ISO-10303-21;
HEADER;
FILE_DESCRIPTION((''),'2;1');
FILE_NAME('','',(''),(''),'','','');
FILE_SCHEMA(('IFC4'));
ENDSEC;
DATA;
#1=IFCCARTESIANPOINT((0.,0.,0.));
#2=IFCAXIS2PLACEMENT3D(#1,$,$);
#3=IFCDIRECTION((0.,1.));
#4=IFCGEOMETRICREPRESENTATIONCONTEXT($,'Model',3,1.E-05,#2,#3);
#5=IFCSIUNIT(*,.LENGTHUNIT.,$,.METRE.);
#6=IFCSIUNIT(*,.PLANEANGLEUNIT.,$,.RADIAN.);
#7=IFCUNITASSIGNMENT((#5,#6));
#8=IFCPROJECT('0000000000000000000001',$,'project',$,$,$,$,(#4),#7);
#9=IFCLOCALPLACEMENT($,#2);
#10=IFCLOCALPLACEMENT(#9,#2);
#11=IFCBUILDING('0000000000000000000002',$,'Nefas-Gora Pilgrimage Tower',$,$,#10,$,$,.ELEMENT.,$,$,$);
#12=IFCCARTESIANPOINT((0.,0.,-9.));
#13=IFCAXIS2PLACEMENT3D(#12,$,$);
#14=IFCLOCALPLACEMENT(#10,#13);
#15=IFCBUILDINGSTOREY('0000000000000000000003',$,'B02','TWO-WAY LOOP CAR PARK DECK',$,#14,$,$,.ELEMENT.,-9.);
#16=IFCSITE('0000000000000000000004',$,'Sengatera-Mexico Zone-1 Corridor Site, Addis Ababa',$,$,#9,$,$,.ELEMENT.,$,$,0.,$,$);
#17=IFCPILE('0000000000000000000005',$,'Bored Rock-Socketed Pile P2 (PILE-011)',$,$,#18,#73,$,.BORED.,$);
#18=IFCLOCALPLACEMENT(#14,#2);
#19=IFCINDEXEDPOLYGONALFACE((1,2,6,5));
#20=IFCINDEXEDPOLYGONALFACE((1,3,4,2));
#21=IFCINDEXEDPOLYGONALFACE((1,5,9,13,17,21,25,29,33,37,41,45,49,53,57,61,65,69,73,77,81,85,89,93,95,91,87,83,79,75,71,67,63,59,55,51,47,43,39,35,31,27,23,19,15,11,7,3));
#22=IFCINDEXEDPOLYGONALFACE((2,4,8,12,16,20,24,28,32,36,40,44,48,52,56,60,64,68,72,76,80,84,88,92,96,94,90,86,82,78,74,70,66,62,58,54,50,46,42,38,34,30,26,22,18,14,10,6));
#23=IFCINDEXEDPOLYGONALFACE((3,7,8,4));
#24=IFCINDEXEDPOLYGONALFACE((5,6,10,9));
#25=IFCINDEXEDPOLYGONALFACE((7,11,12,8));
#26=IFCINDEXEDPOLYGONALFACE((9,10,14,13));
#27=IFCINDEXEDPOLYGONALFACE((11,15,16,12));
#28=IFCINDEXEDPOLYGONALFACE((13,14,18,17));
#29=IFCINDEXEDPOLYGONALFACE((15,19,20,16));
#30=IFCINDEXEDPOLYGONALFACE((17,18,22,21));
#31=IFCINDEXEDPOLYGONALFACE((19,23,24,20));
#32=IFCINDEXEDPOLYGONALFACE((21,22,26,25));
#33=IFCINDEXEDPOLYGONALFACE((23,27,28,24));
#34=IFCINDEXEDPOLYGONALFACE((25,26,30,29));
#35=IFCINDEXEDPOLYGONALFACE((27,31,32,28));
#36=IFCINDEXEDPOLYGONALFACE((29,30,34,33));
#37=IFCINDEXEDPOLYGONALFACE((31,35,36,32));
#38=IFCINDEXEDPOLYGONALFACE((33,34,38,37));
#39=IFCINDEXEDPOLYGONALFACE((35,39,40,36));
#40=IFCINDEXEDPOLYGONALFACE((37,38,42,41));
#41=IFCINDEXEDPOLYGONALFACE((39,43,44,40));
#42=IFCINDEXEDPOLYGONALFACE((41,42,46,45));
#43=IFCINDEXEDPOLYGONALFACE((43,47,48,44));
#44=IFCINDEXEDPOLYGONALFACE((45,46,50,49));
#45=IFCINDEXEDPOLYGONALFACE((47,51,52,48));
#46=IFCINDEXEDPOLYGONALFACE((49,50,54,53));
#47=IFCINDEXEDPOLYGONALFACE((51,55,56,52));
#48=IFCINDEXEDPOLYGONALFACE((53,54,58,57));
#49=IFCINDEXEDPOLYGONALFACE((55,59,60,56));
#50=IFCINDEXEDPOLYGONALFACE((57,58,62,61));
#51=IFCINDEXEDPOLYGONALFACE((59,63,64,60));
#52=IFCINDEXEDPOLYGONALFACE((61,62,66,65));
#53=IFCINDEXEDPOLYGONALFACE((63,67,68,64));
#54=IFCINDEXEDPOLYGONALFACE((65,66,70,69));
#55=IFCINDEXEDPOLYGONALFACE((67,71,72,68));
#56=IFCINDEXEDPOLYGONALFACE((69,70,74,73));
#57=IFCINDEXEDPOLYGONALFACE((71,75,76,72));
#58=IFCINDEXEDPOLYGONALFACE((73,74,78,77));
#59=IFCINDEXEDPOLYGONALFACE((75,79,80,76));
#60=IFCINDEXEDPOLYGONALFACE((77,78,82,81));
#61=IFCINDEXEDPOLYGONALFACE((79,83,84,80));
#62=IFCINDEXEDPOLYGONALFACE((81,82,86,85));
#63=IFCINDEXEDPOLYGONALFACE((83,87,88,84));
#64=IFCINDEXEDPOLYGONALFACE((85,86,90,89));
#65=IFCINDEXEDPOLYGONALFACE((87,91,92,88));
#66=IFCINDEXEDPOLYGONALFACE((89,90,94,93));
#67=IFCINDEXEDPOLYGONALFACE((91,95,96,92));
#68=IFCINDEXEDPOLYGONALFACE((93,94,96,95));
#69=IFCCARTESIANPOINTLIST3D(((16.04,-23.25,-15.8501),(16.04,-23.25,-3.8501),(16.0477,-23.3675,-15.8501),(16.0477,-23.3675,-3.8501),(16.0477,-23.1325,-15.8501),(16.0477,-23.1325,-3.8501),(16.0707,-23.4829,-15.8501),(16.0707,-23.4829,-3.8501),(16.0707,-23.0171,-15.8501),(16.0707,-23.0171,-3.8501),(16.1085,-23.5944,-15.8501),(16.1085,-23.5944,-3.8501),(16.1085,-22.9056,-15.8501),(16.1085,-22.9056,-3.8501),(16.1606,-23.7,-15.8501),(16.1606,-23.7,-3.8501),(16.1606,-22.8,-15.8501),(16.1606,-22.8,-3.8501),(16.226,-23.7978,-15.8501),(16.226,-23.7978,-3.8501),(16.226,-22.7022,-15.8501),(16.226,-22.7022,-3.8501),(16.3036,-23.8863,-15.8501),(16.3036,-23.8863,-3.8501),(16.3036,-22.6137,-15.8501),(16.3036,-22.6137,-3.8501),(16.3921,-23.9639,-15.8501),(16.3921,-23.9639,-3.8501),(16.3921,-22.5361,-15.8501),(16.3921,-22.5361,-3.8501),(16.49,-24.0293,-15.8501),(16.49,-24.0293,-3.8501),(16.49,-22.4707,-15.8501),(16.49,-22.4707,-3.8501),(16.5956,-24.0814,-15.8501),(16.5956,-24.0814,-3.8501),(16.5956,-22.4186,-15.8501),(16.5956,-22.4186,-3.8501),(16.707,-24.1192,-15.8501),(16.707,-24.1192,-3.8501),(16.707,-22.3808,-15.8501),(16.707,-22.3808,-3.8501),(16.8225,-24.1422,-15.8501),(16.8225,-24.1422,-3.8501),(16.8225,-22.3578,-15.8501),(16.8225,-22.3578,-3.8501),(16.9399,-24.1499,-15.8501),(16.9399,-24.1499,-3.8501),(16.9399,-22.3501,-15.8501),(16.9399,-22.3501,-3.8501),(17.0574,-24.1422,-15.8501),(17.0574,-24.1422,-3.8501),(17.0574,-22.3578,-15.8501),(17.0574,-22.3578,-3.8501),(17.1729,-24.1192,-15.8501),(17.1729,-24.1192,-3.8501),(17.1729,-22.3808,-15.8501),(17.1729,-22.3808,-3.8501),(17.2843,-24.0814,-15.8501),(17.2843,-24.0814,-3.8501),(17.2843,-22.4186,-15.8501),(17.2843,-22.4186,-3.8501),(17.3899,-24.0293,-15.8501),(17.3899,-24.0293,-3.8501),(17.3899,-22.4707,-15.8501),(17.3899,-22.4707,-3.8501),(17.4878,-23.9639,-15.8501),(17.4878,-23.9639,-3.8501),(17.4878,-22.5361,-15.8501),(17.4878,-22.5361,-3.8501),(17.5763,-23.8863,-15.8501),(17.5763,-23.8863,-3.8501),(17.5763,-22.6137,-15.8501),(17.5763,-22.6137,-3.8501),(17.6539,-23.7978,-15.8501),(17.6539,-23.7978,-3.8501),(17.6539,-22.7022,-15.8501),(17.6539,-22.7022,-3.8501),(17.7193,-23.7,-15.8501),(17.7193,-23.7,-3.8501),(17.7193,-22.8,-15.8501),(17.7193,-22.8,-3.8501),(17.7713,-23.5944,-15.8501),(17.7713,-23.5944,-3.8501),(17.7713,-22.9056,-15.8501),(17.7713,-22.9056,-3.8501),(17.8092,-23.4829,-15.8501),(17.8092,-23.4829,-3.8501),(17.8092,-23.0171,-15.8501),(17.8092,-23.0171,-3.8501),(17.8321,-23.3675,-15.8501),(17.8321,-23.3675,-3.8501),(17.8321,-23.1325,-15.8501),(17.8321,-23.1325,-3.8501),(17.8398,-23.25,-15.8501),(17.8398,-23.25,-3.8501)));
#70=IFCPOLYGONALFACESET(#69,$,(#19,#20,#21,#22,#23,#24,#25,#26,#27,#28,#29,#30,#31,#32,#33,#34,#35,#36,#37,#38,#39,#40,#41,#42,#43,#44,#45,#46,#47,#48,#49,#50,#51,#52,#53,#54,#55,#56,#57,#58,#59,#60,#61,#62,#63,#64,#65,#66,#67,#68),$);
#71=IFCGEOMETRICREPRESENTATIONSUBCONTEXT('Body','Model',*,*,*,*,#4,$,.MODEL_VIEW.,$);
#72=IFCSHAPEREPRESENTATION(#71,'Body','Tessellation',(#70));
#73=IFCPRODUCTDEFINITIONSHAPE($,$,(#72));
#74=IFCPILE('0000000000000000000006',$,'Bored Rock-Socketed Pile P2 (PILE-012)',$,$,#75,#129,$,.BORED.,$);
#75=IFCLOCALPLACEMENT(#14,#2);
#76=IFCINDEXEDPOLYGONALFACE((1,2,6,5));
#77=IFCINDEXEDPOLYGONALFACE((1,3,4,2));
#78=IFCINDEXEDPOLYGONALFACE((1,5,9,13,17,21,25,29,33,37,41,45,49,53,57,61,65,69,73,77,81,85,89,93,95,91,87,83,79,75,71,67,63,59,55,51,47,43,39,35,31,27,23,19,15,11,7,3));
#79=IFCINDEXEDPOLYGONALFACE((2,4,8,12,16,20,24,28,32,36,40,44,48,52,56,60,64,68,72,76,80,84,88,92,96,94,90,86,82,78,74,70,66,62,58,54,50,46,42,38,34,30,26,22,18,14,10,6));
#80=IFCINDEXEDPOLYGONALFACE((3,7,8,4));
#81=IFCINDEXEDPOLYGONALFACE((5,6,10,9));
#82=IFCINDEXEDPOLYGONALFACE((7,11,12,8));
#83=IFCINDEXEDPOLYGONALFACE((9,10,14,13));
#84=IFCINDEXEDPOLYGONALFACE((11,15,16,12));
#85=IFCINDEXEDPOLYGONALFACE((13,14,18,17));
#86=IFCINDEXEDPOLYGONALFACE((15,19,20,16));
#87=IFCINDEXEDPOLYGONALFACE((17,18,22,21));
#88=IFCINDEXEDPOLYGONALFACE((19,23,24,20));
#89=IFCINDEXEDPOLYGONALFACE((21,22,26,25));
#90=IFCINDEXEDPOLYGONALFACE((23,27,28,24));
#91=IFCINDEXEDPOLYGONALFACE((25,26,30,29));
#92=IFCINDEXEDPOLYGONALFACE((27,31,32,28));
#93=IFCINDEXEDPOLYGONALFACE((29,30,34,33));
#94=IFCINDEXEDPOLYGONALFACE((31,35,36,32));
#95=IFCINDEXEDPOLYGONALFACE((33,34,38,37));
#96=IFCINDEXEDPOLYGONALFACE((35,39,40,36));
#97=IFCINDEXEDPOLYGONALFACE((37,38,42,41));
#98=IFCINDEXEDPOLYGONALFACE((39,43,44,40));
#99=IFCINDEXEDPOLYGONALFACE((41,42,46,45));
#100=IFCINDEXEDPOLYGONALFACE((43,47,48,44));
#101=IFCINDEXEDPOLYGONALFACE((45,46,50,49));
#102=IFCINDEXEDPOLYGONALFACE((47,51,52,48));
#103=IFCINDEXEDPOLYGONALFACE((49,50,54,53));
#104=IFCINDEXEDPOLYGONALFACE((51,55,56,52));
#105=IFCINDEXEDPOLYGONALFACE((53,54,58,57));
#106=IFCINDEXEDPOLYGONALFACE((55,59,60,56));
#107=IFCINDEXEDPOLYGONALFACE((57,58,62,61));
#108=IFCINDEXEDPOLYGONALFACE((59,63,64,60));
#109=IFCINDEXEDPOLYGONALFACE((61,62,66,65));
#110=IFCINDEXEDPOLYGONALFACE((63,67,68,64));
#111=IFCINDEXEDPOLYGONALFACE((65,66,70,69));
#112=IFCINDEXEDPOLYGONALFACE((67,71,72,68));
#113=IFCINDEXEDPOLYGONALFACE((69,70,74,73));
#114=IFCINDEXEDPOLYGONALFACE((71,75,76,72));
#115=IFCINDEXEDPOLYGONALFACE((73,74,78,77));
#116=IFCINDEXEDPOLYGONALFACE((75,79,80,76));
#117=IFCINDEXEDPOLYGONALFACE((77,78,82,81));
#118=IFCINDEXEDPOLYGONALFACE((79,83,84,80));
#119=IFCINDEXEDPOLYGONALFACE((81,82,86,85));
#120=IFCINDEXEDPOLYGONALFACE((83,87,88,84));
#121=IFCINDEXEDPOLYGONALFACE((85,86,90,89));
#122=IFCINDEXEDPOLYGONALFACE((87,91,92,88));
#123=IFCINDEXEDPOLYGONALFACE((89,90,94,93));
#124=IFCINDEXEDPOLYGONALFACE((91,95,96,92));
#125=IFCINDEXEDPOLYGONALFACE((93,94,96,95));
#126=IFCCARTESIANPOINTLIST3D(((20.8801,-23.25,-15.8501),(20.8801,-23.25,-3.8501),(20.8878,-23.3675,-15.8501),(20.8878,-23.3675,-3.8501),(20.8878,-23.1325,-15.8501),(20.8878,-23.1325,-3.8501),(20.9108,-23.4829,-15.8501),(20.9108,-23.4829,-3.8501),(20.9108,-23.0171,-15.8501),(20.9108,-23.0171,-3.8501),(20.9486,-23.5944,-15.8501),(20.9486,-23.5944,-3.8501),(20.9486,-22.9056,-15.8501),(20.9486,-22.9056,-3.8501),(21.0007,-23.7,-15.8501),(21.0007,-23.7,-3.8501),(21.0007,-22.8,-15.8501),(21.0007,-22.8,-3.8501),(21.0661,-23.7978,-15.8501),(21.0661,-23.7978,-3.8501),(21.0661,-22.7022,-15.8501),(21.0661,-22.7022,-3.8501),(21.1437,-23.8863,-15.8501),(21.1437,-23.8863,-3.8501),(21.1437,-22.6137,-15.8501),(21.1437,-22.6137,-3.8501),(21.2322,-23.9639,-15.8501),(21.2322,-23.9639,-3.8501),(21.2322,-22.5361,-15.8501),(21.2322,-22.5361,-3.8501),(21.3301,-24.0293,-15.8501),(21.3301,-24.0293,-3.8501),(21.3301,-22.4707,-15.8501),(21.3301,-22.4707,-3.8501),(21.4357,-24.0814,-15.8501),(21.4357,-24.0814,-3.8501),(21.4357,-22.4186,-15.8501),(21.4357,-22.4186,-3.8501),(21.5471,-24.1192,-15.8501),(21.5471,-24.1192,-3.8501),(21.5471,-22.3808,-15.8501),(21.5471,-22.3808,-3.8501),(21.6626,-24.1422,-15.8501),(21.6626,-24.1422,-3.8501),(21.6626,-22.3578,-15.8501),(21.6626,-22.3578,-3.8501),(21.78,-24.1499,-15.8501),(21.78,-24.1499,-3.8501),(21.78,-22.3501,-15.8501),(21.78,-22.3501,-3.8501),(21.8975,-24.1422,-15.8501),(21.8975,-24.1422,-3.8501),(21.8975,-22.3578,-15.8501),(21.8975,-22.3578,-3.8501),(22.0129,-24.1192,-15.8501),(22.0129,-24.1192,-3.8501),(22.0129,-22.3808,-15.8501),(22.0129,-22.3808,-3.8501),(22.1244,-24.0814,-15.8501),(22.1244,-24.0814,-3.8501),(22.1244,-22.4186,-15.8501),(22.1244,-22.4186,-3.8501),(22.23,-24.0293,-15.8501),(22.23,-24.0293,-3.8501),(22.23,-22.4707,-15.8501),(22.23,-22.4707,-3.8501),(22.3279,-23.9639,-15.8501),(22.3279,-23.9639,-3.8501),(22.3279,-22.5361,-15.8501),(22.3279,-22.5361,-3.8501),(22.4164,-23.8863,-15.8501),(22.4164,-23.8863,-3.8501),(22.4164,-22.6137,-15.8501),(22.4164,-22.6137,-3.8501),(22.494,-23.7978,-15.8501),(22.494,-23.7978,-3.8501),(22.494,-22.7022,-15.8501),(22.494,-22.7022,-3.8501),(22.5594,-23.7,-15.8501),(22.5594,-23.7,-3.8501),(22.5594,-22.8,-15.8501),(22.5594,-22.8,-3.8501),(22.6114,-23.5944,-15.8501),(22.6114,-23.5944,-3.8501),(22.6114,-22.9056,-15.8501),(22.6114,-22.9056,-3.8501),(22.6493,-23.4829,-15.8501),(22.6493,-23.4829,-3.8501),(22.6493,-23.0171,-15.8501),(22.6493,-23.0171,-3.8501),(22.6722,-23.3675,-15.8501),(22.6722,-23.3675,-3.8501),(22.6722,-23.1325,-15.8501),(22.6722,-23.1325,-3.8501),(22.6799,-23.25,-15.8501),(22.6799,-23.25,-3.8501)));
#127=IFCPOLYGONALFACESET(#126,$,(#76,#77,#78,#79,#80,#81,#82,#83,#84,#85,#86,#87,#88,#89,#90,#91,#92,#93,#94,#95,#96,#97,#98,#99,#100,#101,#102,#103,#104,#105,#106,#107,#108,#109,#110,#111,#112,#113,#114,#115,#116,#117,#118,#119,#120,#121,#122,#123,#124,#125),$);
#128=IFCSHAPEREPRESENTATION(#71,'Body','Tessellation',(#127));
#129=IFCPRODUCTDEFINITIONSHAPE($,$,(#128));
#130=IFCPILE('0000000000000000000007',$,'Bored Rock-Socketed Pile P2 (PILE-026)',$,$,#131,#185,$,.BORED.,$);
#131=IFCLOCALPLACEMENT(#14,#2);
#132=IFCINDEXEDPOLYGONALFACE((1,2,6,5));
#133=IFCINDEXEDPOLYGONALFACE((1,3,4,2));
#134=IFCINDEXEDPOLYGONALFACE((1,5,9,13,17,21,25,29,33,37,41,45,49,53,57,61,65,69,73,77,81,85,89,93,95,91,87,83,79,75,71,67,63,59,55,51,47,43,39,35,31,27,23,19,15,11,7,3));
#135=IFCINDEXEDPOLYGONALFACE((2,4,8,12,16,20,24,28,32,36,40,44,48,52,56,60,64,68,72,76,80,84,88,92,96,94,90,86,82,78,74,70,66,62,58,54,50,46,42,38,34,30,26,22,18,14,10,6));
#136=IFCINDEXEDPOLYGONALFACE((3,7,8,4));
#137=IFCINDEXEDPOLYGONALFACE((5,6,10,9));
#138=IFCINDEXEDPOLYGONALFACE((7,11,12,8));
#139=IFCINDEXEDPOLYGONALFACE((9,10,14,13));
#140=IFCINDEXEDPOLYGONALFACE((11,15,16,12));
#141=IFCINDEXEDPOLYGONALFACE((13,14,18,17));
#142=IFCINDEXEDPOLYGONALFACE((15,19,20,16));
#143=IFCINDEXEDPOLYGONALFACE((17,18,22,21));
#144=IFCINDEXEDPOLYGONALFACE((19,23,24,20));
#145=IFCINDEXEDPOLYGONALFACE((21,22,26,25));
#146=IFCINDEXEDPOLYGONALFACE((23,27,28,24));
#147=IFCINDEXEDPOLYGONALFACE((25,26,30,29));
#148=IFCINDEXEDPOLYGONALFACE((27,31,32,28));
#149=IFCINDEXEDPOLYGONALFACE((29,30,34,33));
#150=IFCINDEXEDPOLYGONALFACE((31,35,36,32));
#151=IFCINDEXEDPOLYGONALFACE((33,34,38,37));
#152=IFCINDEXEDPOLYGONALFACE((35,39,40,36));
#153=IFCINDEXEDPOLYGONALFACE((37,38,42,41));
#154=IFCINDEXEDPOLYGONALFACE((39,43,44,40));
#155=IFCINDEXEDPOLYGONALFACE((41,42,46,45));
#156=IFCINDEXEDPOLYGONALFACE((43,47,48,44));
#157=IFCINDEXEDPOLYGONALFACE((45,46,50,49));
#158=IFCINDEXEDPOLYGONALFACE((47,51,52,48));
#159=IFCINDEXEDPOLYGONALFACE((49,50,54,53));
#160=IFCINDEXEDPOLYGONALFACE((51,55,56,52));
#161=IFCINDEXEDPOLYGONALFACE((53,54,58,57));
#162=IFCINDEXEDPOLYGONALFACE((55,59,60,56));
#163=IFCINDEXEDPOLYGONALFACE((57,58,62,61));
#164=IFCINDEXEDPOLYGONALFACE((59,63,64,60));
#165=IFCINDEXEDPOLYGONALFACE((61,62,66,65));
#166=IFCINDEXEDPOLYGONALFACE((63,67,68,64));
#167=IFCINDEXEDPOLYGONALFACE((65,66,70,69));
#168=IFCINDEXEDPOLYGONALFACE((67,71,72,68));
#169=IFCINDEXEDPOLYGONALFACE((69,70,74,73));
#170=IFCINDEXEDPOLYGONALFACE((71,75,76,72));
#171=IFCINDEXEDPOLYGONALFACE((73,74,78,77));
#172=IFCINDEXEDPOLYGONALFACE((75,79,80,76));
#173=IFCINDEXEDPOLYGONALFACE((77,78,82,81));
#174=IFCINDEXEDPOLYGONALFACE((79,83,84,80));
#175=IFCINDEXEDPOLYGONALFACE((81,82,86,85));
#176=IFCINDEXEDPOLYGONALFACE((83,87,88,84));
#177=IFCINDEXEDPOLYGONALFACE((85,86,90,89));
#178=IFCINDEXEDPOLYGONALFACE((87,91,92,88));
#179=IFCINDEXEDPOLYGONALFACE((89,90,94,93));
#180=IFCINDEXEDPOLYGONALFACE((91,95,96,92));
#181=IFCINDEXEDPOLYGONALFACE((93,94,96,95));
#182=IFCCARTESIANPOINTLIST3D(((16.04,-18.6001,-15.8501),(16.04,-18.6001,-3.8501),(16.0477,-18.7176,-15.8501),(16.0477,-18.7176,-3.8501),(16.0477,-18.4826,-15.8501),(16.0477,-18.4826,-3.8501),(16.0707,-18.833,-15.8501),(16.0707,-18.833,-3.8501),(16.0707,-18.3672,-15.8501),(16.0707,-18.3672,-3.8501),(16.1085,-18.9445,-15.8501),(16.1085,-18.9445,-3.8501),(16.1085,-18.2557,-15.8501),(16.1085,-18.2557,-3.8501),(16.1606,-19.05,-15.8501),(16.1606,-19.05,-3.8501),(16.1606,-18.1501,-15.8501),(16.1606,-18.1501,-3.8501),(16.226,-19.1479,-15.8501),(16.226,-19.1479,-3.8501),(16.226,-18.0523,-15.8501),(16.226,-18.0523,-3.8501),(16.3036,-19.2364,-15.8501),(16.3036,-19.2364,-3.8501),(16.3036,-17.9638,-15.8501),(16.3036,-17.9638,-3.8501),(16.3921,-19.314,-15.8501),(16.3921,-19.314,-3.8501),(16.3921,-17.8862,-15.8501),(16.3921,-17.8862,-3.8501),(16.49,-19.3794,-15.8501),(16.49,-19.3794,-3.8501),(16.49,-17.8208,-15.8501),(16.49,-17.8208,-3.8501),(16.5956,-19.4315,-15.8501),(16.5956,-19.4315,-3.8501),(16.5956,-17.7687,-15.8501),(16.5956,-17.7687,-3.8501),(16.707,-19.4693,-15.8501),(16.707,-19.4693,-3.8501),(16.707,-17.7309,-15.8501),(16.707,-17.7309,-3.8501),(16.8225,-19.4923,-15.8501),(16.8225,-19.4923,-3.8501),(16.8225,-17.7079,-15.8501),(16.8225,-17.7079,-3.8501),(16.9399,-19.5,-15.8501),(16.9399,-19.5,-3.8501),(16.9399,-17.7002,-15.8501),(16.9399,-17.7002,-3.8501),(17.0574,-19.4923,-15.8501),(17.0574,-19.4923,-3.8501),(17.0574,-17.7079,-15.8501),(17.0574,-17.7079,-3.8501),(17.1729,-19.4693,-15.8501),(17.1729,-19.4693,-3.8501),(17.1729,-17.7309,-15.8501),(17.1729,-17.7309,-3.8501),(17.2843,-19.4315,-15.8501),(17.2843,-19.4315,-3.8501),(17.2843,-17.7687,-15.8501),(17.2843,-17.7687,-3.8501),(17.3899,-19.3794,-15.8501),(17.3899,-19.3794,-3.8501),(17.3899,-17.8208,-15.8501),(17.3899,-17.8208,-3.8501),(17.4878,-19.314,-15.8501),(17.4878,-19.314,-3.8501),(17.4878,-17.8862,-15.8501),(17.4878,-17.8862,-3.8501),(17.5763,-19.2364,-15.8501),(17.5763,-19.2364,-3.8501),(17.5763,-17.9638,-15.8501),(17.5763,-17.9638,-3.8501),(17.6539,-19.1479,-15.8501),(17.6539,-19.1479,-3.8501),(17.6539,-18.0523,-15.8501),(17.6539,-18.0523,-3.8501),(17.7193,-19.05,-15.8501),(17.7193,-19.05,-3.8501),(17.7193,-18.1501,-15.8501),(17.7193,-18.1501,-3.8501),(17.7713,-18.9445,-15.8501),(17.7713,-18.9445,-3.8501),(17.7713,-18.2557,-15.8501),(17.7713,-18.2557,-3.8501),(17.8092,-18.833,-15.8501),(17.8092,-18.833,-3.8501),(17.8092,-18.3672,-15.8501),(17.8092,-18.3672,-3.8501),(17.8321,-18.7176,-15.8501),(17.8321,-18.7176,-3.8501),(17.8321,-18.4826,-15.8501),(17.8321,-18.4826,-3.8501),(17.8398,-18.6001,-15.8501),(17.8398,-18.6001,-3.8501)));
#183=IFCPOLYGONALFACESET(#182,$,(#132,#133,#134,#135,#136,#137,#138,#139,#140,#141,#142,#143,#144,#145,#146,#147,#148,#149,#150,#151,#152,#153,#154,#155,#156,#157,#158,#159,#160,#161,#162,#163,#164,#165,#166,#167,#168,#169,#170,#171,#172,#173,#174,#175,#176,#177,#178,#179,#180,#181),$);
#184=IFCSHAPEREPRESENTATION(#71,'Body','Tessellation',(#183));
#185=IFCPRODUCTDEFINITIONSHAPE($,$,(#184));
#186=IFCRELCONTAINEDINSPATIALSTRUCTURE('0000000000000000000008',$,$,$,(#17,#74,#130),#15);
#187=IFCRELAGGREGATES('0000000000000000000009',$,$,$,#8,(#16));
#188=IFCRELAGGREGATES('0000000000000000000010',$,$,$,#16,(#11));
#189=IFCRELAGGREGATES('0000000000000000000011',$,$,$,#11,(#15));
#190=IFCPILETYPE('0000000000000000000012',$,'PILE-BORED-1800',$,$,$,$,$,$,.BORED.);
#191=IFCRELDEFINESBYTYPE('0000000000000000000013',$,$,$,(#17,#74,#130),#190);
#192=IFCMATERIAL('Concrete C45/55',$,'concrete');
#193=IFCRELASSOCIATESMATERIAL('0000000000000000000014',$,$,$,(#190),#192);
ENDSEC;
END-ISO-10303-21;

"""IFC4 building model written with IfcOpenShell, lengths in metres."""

from ifc_helpers import new_model, si_unit, direction, frame, origin, origin_2d, place, context, subcontext, project, spatial, circle, extrude, source, transform, mapped, material, material_profile, profile_set, type_object, element, save


model = new_model("IFC4")

# Units and contexts
model_context = context("Model", 3, precision=1e-05, world=origin(), true_north=direction((0.0, 1.0)))
body_context = subcontext(model_context, "Body", "Model", "MODEL_VIEW")
ifc_project = project(units=[si_unit("LENGTHUNIT", "METRE"), si_unit("PLANEANGLEUNIT", "RADIAN")], contexts=[model_context])

# Site, building, storey
site_placement = place(None, origin())
site = spatial("IfcSite", under=ifc_project, at=site_placement, Name="Sengatera-Mexico Zone-1 Corridor Site, Addis Ababa", CompositionType="ELEMENT", RefElevation=0.0)
building_placement = place(site_placement, origin())
building = spatial("IfcBuilding", under=site, at=building_placement, Name="Nefas-Gora Pilgrimage Tower", CompositionType="ELEMENT")
storey_placement = place(building_placement, frame((0.0, 0.0, -9.0)))
storey = spatial("IfcBuildingStorey", under=building, at=storey_placement, Name="B02", Description="TWO-WAY LOOP CAR PARK DECK", CompositionType="ELEMENT", Elevation=-9.0)

# Piles
ifc_material_1 = material(Name="Concrete C45/55", Category="concrete")
ifc_material_profile_1 = material_profile(ifc_material_1, circle(Radius=0.8999, at=origin_2d()), Name="PILE D1800")
ifc_profile_set_1 = profile_set([ifc_material_profile_1], Name="Concrete C45/55")
pile_type_1 = type_object("IfcPileType", Name="PILE-BORED-1800", PredefinedType="BORED", material=ifc_profile_set_1)
shared_shape_1 = source(origin(), body_context, "Body", "SweptSolid", [
    extrude(circle(Radius=0.8999, at=origin_2d()), origin(), (0.0, 0.0, 1.0), 12.0),
])
for number, where, z_axis, x_axis, name in (
    (1, (16.9399, -23.25, -3.8501), (0.0, 0.0, -1.0), (1.0, 0.0, 0.0), "Bored Rock-Socketed Pile P2 (PILE-011)"),
    (2, (21.78, -23.25, -3.8501), (0.0, 0.0, -1.0), (1.0, 0.0, 0.0), "Bored Rock-Socketed Pile P2 (PILE-012)"),
    (3, (16.9399, -18.6001, -3.8501), (0.0, 0.0, -1.0), (1.0, 0.0, 0.0), "Bored Rock-Socketed Pile P2 (PILE-026)"),
):
    element("IfcPile", number, at=place(storey_placement, frame(where, z_axis=z_axis, x_axis=x_axis)), inside=storey, type_object=pile_type_1, Name=name, PredefinedType="BORED", context=body_context, shape_type="MappedRepresentation", body=[
        mapped(shared_shape_1, transform((0.0, 0.0, 0.0), x_axis=(1.0, 0.0, 0.0), y_axis=(0.0, 1.0, 0.0), z_axis=(0.0, 0.0, 1.0), scale=1.0)),
    ])

save(model, "model.ifc")
